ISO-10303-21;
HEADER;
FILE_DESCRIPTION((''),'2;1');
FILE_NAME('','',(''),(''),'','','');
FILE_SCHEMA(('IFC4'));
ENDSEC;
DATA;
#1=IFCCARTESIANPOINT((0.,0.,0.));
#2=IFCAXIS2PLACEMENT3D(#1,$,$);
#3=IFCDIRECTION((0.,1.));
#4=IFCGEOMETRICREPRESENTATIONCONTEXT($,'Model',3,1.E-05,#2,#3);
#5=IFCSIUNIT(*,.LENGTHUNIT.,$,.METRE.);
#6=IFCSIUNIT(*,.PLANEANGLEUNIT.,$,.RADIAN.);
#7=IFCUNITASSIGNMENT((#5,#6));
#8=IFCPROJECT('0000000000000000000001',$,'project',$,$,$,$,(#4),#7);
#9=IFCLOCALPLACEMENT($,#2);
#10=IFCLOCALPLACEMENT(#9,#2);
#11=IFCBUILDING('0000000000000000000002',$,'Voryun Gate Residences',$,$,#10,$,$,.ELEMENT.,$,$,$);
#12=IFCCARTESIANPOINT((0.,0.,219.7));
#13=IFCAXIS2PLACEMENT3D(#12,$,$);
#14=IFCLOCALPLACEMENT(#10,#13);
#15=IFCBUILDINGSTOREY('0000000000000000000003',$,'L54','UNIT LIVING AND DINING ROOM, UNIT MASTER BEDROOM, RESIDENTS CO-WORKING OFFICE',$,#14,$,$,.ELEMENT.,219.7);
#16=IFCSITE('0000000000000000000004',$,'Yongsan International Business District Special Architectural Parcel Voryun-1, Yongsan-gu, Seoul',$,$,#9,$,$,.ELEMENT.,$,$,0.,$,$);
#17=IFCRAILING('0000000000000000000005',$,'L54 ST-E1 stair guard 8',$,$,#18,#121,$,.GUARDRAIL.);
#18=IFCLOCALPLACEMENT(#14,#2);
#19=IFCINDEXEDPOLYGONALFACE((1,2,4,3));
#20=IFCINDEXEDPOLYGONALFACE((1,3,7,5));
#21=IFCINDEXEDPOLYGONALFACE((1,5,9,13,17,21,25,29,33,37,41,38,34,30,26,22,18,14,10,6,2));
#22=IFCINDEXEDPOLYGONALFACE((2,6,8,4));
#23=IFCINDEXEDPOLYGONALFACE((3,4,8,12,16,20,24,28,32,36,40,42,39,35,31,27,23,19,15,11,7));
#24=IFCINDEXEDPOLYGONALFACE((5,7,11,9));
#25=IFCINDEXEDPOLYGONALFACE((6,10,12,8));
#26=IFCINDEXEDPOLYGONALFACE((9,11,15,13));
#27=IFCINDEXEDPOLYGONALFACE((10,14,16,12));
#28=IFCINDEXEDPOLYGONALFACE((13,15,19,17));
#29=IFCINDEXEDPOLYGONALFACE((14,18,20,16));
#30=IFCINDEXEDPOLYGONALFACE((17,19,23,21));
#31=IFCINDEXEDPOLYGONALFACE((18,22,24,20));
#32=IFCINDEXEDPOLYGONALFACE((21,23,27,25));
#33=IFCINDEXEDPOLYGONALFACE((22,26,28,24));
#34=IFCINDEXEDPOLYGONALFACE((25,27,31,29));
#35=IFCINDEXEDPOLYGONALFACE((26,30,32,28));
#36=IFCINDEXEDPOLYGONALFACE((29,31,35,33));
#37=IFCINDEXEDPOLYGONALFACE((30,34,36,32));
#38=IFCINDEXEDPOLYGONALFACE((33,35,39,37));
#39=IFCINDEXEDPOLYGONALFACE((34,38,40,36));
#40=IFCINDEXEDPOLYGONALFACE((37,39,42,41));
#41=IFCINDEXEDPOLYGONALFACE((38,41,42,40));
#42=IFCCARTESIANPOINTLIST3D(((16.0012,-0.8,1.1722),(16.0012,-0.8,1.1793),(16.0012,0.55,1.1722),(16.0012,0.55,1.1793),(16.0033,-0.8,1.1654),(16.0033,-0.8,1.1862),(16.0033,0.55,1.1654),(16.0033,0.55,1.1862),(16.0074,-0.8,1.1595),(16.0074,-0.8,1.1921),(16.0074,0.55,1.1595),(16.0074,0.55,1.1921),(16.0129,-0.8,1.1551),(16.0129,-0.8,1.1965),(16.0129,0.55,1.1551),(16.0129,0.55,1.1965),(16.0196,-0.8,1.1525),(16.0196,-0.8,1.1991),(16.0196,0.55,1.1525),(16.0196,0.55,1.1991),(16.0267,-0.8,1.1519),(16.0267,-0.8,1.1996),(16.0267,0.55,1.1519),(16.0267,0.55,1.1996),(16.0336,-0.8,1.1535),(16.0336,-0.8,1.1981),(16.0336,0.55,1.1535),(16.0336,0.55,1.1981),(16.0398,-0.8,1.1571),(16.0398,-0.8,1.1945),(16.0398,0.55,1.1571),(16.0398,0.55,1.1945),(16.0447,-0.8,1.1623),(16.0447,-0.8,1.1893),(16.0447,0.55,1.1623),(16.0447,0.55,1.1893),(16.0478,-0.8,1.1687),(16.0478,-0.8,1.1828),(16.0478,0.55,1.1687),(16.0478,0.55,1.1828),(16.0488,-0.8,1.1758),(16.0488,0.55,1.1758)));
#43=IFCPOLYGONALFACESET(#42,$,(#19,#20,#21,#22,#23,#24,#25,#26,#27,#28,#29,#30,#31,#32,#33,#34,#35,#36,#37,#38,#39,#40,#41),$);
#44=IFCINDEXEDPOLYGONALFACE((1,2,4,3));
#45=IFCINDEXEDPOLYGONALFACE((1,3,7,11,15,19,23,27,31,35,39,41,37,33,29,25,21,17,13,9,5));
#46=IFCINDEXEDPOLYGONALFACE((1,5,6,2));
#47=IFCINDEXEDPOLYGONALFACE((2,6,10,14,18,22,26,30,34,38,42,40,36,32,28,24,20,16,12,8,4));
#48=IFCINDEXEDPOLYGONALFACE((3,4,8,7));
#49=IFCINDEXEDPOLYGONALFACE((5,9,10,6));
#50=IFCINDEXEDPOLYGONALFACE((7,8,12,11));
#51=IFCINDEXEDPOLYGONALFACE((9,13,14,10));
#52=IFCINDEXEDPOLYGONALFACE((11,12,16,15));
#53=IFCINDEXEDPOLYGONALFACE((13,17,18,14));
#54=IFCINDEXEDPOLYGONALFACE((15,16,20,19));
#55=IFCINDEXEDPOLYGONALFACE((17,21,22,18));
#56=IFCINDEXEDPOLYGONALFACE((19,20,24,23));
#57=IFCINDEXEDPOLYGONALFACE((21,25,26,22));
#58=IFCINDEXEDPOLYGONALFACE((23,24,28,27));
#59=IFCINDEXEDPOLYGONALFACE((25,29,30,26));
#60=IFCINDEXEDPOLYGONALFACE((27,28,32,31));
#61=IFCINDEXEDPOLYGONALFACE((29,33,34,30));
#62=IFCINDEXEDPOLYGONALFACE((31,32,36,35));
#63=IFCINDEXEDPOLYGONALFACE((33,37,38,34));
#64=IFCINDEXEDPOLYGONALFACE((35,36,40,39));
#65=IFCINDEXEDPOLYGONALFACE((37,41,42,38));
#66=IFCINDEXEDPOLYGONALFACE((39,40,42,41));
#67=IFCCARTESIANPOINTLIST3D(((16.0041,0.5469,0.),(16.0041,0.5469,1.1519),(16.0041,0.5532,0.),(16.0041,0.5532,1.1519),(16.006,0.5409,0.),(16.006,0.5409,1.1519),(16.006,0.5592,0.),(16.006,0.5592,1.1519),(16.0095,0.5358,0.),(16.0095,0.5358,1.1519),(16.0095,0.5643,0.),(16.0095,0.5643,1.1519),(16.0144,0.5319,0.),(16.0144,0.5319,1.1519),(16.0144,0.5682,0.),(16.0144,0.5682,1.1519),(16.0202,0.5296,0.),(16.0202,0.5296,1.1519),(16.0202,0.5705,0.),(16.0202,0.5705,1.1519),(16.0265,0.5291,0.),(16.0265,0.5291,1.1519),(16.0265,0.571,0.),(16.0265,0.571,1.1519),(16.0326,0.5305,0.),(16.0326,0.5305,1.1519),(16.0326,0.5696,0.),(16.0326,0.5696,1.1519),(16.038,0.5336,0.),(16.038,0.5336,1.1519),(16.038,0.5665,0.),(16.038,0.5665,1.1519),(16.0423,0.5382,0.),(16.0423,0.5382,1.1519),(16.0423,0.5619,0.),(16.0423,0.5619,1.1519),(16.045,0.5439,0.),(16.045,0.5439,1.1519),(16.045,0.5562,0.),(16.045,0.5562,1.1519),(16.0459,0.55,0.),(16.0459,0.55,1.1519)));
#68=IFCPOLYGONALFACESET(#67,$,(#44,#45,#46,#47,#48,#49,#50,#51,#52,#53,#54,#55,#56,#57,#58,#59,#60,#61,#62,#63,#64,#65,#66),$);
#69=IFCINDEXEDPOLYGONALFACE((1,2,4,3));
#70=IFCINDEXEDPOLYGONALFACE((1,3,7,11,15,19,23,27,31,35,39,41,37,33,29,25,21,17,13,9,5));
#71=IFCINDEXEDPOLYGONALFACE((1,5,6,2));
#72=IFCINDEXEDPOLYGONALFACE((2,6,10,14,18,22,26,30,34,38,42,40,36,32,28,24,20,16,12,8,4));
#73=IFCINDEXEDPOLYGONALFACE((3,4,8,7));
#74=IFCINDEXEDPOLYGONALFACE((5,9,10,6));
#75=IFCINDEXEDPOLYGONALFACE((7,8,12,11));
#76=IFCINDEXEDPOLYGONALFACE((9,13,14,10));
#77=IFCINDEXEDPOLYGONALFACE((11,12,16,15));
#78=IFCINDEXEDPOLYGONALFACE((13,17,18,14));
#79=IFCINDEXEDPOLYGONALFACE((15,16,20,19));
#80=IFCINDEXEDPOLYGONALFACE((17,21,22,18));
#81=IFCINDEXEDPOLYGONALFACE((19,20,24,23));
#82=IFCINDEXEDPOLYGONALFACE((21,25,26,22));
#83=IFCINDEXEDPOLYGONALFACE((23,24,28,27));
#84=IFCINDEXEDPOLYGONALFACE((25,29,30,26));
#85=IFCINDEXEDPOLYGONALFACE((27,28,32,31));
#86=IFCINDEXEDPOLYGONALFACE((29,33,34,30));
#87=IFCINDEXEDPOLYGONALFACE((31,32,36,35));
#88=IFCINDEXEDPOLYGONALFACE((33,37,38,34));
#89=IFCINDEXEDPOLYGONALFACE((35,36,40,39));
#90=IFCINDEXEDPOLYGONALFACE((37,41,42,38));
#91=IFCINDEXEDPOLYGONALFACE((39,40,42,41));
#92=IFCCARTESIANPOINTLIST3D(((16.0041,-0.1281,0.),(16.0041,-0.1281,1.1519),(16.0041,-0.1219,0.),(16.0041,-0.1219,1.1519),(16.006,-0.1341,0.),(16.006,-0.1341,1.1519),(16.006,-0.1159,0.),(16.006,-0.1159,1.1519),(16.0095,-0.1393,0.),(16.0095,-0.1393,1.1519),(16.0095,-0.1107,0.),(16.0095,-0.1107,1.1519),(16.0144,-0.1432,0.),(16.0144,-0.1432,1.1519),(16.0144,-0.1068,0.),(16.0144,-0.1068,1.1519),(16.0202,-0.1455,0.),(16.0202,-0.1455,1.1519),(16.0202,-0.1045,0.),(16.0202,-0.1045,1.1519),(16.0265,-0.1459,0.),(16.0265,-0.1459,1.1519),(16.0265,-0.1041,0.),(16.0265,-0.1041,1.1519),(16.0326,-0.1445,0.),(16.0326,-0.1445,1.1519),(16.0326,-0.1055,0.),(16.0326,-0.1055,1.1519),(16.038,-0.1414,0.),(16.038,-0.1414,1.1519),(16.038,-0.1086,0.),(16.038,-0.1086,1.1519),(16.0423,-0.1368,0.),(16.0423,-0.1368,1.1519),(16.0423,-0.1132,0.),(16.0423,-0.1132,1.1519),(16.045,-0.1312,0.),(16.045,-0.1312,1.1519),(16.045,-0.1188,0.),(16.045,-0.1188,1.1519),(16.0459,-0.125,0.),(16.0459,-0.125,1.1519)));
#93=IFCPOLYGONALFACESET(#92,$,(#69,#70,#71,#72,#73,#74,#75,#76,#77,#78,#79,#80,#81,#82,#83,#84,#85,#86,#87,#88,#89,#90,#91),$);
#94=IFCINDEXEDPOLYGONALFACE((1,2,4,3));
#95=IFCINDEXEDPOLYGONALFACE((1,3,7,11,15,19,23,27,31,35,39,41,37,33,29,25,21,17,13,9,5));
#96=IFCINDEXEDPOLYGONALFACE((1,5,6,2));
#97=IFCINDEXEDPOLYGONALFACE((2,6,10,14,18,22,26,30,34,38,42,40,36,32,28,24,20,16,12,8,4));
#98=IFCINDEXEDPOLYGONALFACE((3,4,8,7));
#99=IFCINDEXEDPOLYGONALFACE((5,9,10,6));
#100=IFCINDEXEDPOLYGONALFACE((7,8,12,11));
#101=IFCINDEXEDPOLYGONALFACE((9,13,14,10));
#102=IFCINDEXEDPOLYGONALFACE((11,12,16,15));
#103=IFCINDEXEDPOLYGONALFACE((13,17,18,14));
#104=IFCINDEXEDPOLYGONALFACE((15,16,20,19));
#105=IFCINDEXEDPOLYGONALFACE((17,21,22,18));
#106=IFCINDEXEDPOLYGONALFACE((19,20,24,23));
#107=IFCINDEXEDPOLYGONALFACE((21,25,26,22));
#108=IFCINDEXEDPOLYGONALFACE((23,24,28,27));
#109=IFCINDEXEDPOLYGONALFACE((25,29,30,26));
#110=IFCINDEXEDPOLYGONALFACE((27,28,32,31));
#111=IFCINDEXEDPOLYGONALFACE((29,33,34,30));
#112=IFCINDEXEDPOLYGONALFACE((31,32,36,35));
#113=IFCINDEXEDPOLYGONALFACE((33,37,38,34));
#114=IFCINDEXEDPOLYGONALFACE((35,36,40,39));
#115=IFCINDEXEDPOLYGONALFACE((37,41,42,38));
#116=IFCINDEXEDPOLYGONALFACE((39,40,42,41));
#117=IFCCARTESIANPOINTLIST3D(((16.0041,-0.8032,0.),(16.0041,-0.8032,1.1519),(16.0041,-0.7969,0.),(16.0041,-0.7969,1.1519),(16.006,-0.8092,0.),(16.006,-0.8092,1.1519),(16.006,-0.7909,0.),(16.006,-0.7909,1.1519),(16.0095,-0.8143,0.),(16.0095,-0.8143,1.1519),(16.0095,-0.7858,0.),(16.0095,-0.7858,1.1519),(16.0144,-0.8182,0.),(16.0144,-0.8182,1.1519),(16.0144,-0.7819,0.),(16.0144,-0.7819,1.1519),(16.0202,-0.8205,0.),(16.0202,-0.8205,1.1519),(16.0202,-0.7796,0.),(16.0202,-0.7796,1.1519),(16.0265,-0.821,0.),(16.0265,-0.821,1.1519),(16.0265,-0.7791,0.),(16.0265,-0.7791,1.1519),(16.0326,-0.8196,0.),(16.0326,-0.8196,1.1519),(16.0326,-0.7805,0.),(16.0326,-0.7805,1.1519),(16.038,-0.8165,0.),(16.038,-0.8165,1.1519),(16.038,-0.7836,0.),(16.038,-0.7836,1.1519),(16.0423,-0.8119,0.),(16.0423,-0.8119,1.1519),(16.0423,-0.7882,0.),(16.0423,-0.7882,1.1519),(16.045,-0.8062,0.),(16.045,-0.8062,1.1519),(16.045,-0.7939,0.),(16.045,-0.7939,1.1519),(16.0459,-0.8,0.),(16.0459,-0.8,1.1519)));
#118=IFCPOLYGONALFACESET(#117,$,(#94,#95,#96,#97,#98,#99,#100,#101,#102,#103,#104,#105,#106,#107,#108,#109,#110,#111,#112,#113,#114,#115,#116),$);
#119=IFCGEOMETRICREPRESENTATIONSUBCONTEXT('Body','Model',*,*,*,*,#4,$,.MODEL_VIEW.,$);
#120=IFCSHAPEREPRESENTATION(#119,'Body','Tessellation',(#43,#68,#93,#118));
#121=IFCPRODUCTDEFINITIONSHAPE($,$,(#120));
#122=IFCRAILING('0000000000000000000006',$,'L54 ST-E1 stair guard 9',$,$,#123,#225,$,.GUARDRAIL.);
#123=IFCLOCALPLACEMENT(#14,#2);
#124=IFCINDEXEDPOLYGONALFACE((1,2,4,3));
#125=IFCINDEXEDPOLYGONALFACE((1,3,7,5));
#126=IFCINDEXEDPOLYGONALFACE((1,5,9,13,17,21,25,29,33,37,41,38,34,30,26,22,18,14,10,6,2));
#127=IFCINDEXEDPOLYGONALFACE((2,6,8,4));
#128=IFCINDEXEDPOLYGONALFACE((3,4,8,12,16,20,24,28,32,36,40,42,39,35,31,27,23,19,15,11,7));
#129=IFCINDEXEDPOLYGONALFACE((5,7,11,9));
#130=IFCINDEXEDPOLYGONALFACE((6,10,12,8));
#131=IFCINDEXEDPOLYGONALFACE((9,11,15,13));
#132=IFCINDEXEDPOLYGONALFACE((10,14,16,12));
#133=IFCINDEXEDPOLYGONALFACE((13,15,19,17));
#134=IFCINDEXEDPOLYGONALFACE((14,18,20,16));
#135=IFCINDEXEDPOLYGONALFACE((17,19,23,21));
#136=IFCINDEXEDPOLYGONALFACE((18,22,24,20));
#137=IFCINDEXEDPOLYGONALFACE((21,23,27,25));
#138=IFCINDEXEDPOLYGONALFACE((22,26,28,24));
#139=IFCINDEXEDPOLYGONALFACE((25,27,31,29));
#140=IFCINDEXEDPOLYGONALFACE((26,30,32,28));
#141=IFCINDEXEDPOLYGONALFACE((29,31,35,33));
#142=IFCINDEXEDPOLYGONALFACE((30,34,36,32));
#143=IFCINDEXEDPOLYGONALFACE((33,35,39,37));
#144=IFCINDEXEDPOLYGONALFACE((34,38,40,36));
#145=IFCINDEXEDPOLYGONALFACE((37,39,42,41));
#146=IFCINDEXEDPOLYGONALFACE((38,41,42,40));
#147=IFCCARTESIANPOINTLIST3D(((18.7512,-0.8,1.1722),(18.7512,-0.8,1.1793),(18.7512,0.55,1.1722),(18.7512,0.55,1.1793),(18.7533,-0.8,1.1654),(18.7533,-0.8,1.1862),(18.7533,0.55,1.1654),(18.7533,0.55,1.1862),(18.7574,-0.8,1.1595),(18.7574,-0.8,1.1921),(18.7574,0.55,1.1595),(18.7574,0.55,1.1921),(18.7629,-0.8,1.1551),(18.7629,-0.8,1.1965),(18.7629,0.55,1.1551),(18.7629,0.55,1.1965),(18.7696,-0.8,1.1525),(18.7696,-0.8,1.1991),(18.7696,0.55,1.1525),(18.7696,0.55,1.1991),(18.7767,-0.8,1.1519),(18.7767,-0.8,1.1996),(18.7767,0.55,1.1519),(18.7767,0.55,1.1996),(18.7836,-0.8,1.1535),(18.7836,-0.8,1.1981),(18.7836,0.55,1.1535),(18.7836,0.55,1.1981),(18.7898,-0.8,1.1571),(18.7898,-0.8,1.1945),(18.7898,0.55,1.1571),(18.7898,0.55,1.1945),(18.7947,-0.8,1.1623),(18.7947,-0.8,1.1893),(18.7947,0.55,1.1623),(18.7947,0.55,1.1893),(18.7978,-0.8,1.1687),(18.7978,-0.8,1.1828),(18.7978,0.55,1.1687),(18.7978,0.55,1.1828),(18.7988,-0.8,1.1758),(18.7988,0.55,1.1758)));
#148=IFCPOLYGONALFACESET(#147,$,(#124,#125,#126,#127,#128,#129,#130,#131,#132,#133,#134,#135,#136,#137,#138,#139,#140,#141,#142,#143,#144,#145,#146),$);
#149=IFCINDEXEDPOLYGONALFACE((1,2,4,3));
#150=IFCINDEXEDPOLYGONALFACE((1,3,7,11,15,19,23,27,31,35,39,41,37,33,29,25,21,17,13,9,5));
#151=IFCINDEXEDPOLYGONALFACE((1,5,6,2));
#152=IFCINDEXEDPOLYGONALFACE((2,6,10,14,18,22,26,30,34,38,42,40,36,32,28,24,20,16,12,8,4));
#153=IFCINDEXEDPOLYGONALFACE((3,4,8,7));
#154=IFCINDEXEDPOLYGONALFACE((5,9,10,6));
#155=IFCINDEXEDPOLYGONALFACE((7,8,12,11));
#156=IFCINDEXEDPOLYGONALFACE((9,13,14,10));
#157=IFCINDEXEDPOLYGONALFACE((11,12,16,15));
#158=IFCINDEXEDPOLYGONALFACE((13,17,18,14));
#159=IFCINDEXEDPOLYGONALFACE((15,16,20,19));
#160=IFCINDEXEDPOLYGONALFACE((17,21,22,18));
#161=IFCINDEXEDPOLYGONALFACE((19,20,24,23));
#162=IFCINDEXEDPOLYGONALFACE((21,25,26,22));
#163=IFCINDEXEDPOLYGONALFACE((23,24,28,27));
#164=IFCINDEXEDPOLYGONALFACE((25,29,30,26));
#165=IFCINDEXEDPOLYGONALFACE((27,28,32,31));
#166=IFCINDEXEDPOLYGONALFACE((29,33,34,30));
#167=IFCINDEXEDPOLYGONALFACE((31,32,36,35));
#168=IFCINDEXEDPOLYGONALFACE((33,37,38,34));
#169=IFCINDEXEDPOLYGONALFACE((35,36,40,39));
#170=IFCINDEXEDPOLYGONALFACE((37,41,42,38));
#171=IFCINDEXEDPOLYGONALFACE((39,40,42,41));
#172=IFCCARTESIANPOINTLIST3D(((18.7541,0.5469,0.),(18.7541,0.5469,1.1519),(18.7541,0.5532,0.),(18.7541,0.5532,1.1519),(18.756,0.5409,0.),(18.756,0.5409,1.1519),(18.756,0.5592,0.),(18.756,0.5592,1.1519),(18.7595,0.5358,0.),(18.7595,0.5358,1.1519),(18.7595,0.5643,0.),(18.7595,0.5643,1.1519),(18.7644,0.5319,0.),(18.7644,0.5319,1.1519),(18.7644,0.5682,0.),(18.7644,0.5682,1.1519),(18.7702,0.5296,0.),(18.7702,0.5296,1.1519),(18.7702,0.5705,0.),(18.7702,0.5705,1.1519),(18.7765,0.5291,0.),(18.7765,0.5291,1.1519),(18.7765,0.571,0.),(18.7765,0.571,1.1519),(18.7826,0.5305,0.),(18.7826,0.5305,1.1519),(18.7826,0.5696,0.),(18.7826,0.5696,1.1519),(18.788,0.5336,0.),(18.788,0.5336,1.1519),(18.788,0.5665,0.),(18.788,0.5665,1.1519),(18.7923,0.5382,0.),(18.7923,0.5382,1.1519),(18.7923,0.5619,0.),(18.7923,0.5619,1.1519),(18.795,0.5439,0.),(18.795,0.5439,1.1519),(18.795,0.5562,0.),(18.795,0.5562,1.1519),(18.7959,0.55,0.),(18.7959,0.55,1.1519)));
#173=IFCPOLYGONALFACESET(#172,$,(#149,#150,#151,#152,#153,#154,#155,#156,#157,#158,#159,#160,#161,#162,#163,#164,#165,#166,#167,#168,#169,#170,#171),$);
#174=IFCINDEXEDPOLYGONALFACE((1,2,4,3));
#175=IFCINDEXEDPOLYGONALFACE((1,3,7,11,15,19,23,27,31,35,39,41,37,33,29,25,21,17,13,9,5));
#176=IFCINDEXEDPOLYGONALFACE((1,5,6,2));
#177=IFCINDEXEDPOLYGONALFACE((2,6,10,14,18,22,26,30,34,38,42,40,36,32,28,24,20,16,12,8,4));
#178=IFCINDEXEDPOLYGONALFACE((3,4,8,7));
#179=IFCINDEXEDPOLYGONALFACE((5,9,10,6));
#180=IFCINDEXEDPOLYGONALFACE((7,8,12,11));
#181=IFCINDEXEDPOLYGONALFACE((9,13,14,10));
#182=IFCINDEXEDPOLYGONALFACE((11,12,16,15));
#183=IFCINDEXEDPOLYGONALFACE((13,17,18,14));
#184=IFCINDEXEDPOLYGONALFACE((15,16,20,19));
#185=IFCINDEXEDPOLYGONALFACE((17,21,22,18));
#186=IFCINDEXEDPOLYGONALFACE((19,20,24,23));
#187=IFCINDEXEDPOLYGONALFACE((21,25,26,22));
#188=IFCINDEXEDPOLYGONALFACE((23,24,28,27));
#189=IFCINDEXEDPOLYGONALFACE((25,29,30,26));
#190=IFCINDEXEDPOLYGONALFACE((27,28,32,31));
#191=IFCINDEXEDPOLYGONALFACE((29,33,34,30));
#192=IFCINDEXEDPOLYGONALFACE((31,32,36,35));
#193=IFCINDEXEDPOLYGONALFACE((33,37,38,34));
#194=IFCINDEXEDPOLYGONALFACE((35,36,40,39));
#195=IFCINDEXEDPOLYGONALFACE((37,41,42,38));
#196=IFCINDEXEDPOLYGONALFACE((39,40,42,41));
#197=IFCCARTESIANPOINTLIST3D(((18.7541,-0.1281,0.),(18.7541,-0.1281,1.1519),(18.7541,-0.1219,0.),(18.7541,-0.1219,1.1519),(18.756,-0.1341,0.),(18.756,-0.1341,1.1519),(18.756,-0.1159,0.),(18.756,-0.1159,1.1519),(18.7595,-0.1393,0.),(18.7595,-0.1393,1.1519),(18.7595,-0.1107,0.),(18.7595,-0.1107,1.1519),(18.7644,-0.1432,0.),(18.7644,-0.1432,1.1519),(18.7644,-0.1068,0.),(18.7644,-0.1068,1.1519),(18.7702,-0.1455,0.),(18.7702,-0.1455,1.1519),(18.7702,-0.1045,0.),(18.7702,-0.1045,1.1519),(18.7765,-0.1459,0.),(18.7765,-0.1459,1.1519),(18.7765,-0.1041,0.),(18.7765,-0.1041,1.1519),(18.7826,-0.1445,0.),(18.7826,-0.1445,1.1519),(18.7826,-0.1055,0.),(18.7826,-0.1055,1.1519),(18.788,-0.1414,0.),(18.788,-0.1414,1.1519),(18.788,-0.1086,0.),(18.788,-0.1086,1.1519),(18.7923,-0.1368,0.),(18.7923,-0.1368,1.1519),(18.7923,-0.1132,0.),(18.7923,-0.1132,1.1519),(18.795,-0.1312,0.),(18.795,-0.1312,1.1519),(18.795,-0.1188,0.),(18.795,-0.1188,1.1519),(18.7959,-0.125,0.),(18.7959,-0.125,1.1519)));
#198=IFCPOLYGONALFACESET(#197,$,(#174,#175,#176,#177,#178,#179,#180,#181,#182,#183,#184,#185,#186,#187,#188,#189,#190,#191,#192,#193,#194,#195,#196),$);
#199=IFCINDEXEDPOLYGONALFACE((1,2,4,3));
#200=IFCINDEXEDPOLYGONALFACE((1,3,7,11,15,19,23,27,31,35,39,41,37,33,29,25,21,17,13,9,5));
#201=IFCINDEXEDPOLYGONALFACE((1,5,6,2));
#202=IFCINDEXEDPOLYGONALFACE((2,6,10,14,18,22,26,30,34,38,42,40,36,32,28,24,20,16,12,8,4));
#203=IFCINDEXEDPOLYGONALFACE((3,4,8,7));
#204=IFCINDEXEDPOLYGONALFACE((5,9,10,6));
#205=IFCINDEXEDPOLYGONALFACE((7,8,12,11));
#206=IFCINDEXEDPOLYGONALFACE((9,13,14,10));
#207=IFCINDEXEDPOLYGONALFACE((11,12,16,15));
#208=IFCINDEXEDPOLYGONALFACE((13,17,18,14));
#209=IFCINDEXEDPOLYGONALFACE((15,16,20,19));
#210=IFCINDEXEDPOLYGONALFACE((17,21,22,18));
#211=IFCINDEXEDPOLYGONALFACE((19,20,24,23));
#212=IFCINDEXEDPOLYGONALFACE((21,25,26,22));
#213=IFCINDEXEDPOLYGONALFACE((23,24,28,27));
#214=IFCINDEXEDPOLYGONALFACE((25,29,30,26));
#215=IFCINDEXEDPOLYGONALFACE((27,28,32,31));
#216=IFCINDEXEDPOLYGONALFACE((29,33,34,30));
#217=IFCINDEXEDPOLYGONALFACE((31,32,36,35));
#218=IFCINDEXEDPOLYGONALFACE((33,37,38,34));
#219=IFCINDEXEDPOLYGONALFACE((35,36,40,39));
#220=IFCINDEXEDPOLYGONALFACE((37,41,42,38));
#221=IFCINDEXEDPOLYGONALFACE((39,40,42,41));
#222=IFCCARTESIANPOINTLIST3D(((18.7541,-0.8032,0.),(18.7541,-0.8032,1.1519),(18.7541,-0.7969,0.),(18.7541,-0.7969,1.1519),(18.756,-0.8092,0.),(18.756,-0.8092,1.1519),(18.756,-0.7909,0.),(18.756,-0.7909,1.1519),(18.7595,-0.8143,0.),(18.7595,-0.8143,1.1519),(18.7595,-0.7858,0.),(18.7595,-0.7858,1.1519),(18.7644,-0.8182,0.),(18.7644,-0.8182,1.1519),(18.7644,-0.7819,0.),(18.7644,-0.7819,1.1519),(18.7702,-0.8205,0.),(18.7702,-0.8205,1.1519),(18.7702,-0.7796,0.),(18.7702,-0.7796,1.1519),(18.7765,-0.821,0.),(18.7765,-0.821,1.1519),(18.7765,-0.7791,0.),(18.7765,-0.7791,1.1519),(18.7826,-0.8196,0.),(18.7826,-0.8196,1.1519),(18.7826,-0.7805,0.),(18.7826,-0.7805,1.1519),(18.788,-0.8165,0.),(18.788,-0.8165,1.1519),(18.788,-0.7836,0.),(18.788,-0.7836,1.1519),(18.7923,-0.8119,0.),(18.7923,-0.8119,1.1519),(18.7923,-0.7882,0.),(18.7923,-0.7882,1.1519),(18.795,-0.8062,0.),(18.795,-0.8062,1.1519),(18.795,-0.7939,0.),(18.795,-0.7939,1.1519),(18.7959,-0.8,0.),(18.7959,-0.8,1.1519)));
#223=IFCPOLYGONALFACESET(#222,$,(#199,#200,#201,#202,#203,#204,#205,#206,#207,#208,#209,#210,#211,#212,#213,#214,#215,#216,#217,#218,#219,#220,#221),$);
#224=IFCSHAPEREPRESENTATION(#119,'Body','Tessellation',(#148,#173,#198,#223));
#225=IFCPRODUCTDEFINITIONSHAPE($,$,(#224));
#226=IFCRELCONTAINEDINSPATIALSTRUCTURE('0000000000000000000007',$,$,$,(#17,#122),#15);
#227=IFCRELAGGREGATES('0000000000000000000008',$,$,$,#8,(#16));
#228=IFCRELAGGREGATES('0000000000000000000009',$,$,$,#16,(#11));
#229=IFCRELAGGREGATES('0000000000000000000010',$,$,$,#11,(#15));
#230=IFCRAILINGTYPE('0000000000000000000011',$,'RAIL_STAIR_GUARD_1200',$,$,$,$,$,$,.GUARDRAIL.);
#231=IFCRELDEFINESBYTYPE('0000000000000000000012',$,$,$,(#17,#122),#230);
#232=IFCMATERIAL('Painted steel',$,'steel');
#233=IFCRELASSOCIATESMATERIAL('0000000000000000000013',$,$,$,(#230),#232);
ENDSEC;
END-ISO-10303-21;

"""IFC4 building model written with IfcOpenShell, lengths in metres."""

from ifc_helpers import new_model, si_unit, direction, frame, origin, origin_2d, place, context, subcontext, project, spatial, circle, extrude, material, type_object, element, save


model = new_model("IFC4")

# Units and contexts
model_context = context("Model", 3, precision=1e-05, world=origin(), true_north=direction((0.0, 1.0)))
body_context = subcontext(model_context, "Body", "Model", "MODEL_VIEW")
ifc_project = project(units=[si_unit("LENGTHUNIT", "METRE"), si_unit("PLANEANGLEUNIT", "RADIAN")], contexts=[model_context])

# Site, building, storey
site_placement = place(None, origin())
site = spatial("IfcSite", under=ifc_project, at=site_placement, Name="Yongsan International Business District Special Architectural Parcel Voryun-1, Yongsan-gu, Seoul", CompositionType="ELEMENT", RefElevation=0.0)
building_placement = place(site_placement, origin())
building = spatial("IfcBuilding", under=site, at=building_placement, Name="Voryun Gate Residences", CompositionType="ELEMENT")
storey_placement = place(building_placement, frame((0.0, 0.0, 219.7)))
storey = spatial("IfcBuildingStorey", under=building, at=storey_placement, Name="L54", Description="UNIT LIVING AND DINING ROOM, UNIT MASTER BEDROOM, RESIDENTS CO-WORKING OFFICE", CompositionType="ELEMENT", Elevation=219.7)

# Railings
ifc_material_1 = material(Name="Painted steel", Category="steel")
railing_type = type_object("IfcRailingType", Name="RAIL_STAIR_GUARD_1200", PredefinedType="GUARDRAIL", material=ifc_material_1)
for number, where, name in (
    (1, (16.0249, 0.55, 0.0), "L54 ST-E1 stair guard 8"),
    (2, (18.7749, 0.55, 0.0), "L54 ST-E1 stair guard 9"),
):
    element("IfcRailing", number, at=place(storey_placement, frame(where)), inside=storey, type_object=railing_type, Name=name, PredefinedType="GUARDRAIL", context=body_context, shape_type="SweptSolid", body=[
        extrude(circle(Radius=0.0239, at=origin_2d()), frame((0.0, 0.0, 1.1758), z_axis=(0.0, -1.0, 0.0), x_axis=(1.0, 0.0, 0.0)), (0.0, 0.0, 1.0), 1.3501),
        extrude(circle(Radius=0.021, at=origin_2d()), origin(), (0.0, 0.0, 1.0), 1.1519),
        extrude(circle(Radius=0.021, at=origin_2d()), frame((0.0, -0.675, 0.0)), (0.0, 0.0, 1.0), 1.1519),
        extrude(circle(Radius=0.021, at=origin_2d()), frame((0.0, -1.3501, 0.0)), (0.0, 0.0, 1.0), 1.1519),
    ])

save(model, "model.ifc")
